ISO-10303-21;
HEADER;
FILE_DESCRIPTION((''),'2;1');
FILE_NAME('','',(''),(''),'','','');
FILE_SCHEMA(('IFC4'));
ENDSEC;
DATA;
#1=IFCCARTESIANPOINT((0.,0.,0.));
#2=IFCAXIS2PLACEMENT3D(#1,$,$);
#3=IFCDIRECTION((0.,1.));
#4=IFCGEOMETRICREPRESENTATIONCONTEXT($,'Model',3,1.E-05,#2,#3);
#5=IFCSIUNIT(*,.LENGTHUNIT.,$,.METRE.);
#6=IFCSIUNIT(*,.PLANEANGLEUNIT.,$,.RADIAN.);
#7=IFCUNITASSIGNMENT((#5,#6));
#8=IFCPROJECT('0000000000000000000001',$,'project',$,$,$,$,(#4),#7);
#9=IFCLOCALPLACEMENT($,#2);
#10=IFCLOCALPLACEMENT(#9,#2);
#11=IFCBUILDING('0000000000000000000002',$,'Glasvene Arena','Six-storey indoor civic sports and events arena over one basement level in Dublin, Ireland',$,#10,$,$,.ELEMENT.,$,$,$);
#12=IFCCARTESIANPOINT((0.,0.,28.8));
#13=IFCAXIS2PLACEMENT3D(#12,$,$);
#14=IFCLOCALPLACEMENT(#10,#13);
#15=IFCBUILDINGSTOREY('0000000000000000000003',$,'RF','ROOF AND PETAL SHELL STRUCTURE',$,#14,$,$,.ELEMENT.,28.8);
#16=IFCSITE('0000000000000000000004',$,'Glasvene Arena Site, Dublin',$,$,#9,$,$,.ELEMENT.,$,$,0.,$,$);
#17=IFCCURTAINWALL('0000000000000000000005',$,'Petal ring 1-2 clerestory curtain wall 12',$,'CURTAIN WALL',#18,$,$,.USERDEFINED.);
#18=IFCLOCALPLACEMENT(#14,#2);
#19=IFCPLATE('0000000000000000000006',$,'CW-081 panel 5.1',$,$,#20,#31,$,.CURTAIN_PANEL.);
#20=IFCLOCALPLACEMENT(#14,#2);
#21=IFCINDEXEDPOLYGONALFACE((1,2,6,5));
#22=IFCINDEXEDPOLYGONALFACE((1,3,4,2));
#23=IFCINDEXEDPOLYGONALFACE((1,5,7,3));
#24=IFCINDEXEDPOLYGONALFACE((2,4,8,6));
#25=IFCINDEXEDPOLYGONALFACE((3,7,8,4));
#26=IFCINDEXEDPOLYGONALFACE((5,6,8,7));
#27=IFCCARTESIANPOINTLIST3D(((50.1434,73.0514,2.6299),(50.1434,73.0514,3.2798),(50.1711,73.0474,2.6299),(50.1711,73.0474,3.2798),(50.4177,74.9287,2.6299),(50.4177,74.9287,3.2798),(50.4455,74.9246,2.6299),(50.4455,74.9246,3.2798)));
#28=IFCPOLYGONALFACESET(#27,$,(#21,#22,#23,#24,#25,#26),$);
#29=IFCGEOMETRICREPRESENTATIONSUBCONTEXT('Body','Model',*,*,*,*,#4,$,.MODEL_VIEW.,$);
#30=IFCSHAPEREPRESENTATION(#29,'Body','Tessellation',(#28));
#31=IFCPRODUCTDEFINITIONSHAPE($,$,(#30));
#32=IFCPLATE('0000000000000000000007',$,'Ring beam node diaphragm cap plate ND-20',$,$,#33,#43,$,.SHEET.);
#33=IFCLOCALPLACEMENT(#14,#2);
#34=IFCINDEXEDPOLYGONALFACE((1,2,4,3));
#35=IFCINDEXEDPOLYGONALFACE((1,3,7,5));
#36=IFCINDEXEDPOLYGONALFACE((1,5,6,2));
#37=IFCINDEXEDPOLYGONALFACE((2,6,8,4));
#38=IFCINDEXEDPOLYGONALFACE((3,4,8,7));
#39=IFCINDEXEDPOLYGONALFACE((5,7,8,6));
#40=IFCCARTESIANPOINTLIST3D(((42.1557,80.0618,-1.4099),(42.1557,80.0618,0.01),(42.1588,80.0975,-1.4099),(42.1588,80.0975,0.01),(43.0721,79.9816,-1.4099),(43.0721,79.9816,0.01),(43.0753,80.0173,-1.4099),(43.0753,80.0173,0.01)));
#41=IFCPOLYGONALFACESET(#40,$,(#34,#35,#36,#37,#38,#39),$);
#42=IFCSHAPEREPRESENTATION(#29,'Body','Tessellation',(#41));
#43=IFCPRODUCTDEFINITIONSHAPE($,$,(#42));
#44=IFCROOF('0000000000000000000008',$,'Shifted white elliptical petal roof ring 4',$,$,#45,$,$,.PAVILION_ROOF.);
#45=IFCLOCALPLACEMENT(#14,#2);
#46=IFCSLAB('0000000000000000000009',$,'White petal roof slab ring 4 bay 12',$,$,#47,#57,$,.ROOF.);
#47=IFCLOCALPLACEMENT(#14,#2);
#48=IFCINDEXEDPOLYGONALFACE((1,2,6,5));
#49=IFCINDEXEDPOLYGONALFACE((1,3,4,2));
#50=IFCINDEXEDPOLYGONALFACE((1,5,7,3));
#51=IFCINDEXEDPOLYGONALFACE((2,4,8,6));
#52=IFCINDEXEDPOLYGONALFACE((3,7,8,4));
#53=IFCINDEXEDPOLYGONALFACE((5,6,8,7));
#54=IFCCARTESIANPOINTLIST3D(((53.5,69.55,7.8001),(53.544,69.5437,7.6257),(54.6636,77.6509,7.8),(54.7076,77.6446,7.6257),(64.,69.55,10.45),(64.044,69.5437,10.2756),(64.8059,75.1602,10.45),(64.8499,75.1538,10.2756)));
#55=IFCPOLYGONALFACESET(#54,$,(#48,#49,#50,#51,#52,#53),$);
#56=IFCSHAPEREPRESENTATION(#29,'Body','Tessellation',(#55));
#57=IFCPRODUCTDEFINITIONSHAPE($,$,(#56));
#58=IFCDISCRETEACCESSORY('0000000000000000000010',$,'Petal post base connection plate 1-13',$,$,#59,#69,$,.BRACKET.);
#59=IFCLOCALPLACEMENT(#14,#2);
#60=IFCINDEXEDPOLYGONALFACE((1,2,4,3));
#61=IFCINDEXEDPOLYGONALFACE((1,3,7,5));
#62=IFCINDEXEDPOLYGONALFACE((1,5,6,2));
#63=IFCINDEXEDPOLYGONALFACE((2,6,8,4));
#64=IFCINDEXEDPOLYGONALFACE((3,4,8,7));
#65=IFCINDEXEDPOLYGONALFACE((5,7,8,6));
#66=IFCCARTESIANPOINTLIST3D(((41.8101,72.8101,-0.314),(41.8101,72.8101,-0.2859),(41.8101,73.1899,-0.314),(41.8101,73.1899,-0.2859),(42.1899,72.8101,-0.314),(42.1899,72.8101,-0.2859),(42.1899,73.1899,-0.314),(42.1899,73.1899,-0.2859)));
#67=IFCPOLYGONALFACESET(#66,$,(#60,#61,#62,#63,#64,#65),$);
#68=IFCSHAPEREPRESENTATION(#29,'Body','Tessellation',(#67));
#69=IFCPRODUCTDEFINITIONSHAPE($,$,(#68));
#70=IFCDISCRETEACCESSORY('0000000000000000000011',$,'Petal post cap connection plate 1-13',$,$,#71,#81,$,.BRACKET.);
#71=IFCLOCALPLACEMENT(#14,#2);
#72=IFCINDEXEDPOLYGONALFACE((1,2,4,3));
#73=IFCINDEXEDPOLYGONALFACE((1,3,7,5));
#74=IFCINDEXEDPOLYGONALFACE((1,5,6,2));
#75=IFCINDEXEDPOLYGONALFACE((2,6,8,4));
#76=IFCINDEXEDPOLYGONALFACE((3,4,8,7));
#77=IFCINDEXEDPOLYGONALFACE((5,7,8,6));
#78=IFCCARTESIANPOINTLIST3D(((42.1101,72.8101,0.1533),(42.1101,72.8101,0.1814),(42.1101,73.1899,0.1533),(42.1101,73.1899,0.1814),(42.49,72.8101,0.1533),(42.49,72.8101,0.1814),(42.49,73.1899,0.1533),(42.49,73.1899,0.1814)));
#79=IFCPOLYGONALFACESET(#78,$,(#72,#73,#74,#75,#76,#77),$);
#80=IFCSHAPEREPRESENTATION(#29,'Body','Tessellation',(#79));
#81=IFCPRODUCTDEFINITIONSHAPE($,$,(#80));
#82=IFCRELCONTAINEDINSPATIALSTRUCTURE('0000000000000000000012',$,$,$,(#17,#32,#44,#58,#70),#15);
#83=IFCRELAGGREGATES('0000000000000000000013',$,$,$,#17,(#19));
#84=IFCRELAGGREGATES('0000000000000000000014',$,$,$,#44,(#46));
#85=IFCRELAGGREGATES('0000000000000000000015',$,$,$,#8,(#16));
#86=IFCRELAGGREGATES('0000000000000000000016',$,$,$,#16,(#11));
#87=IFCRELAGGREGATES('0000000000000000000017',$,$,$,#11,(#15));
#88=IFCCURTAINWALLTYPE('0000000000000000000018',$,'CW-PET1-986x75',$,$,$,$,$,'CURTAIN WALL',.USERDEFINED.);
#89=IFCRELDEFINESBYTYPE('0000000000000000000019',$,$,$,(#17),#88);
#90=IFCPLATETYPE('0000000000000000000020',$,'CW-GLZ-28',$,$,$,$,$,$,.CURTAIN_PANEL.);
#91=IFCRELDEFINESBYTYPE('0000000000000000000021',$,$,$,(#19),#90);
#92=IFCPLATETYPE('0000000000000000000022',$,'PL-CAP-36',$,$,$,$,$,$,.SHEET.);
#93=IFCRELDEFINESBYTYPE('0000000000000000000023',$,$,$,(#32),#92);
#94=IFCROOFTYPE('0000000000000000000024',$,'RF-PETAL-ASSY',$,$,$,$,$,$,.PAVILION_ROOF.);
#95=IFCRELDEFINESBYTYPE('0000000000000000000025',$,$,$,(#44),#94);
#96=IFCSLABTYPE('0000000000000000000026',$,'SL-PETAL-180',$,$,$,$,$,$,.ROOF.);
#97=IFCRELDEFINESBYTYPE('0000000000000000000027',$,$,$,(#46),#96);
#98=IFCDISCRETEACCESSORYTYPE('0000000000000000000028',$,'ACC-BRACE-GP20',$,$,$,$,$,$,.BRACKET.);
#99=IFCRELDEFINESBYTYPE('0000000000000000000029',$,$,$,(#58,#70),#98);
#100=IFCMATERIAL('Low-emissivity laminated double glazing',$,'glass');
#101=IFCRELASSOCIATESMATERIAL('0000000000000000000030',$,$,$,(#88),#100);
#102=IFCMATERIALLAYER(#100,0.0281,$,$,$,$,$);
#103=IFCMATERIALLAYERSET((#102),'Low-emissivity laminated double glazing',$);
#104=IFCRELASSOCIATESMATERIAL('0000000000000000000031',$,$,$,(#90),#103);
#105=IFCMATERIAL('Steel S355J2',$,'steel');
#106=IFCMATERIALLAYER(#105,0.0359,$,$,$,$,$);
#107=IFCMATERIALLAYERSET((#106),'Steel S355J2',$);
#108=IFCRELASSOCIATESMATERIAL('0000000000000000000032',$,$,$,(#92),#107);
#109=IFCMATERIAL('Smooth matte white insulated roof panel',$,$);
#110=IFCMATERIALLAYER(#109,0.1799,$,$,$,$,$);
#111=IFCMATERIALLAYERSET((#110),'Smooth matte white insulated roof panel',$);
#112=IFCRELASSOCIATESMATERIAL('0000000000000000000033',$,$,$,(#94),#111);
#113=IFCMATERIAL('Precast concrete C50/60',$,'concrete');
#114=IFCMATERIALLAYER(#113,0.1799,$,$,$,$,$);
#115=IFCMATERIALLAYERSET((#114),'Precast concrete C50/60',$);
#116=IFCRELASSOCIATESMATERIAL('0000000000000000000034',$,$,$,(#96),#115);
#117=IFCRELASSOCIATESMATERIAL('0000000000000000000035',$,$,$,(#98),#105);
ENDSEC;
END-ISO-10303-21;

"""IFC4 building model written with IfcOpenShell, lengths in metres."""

from ifc_helpers import new_model, si_unit, direction, frame, origin, origin_2d, place, context, subcontext, project, spatial, polyline, rectangle, outline, extrude, material, layer, layer_set, type_object, element, aggregate, save


model = new_model("IFC4")

# Units and contexts
model_context = context("Model", 3, precision=1e-05, world=origin(), true_north=direction((0.0, 1.0)))
body_context = subcontext(model_context, "Body", "Model", "MODEL_VIEW")
ifc_project = project(units=[si_unit("LENGTHUNIT", "METRE"), si_unit("PLANEANGLEUNIT", "RADIAN")], contexts=[model_context])

# Site, building, storey
site_placement = place(None, origin())
site = spatial("IfcSite", under=ifc_project, at=site_placement, Name="Glasvene Arena Site, Dublin", CompositionType="ELEMENT", RefElevation=0.0)
building_placement = place(site_placement, origin())
building = spatial("IfcBuilding", under=site, at=building_placement, Name="Glasvene Arena", Description="Six-storey indoor civic sports and events arena over one basement level in Dublin, Ireland", CompositionType="ELEMENT")
storey_placement = place(building_placement, frame((0.0, 0.0, 28.8)))
storey = spatial("IfcBuildingStorey", under=building, at=storey_placement, Name="RF", Description="ROOF AND PETAL SHELL STRUCTURE", CompositionType="ELEMENT", Elevation=28.8)

# Shared definitions
ifc_material_1 = material(Name="Steel S355J2", Category="steel")

# Curtain wall
ifc_material_2 = material(Name="Low-emissivity laminated double glazing", Category="glass")
curtain_wall_type = type_object("IfcCurtainWallType", Name="CW-PET1-986x75", ElementType="CURTAIN WALL", PredefinedType="USERDEFINED", material=ifc_material_2)
curtain_wall_1_placement = place(storey_placement, frame((51.5759, 82.7576, 0.0)))
curtain_wall_1 = element("IfcCurtainWall", 1, at=curtain_wall_1_placement, inside=storey, type_object=curtain_wall_type, Name="Petal ring 1-2 clerestory curtain wall 12", ObjectType="CURTAIN WALL", PredefinedType="USERDEFINED")

# Plates
ifc_layer_1 = layer(ifc_material_2, 0.0281)
ifc_layer_set_1 = layer_set([ifc_layer_1], Name="Low-emissivity laminated double glazing")
plate_type_1 = type_object("IfcPlateType", Name="CW-GLZ-28", PredefinedType="CURTAIN_PANEL", material=ifc_layer_set_1)
plate_1_placement = place(storey_placement, frame((50.2944, 73.988, 2.6299), z_axis=(0.0, 0.0, 1.0), x_axis=(-0.144608, -0.989489, 0.0)))
plate_1 = element("IfcPlate", 2, at=plate_1_placement, type_object=plate_type_1, Name="CW-081 panel 5.1", PredefinedType="CURTAIN_PANEL", context=body_context, shape_type="SweptSolid", body=[
    extrude(rectangle(XDim=1.8972, YDim=0.0281, at=origin_2d()), origin(), (0.0, 0.0, 1.0), 0.6499),
])
aggregate(curtain_wall_1, [plate_1])
ifc_layer_2 = layer(ifc_material_1, 0.0359)
ifc_layer_set_2 = layer_set([ifc_layer_2], Name="Steel S355J2")
plate_type_2 = type_object("IfcPlateType", Name="PL-CAP-36", PredefinedType="SHEET", material=ifc_layer_set_2)
plate_2_placement = place(storey_placement, frame((42.6155, 80.0396, -1.4099), z_axis=(0.0, 0.0, 1.0), x_axis=(-0.087156, -0.996195, 0.0)))
element("IfcPlate", 3, at=plate_2_placement, inside=storey, type_object=plate_type_2, Name="Ring beam node diaphragm cap plate ND-20", PredefinedType="SHEET", context=body_context, shape_type="SweptSolid", body=[
    extrude(rectangle(XDim=0.0359, YDim=0.9199, at=origin_2d()), origin(), (0.0, 0.0, 1.0), 1.4199),
])

# Roof, slab
ifc_material_3 = material(Name="Smooth matte white insulated roof panel")
ifc_layer_3 = layer(ifc_material_3, 0.1799)
ifc_layer_set_3 = layer_set([ifc_layer_3], Name="Smooth matte white insulated roof panel")
roof_type = type_object("IfcRoofType", Name="RF-PETAL-ASSY", PredefinedType="PAVILION_ROOF", material=ifc_layer_set_3)
roof_placement = place(storey_placement, frame((87.6499, 69.55, 7.8)))
roof = element("IfcRoof", 4, at=roof_placement, inside=storey, type_object=roof_type, Name="Shifted white elliptical petal roof ring 4", PredefinedType="PAVILION_ROOF")
ifc_material_4 = material(Name="Precast concrete C50/60", Category="concrete")
ifc_layer_4 = layer(ifc_material_4, 0.1799)
ifc_layer_set_4 = layer_set([ifc_layer_4], Name="Precast concrete C50/60")
slab_type = type_object("IfcSlabType", Name="SL-PETAL-180", PredefinedType="ROOF", material=ifc_layer_set_4)
slab_placement = place(storey_placement, frame((54.6636, 77.6509, 7.8), z_axis=(-0.244547, 0.035128, 0.969001), x_axis=(-0.142178, -0.989841, 0.000002)))
slab = element("IfcSlab", 5, at=slab_placement, type_object=slab_type, Name="White petal roof slab ring 4 bay 12", PredefinedType="ROOF", context=body_context, shape_type="SweptSolid", body=[
    extrude(outline(polyline([(0.0, 0.0), (8.184, 0.0), (6.6911, 10.7258), (1.0234, 10.7259), (0.0, 0.0)])), origin(), (0.0, 0.0, -1.0), 0.1799),
])
aggregate(roof, [slab])

# Discrete accessories
discrete_accessory_type = type_object("IfcDiscreteAccessoryType", Name="ACC-BRACE-GP20", PredefinedType="BRACKET", material=ifc_material_1)
for number, where, z_axis, x_axis, name in (
    (6, (42.0, 73.0, -0.314), (0.0, 0.0, 1.0), (1.0, 0.0, 0.0), "Petal post base connection plate 1-13"),
    (7, (42.3, 73.0, 0.1533), (0.0, 0.0, 1.0), (1.0, 0.0, 0.0), "Petal post cap connection plate 1-13"),
):
    element("IfcDiscreteAccessory", number, at=place(storey_placement, frame(where, z_axis=z_axis, x_axis=x_axis)), inside=storey, type_object=discrete_accessory_type, Name=name, PredefinedType="BRACKET", context=body_context, shape_type="SweptSolid", body=[
        extrude(rectangle(XDim=0.3799, YDim=0.3799, at=origin_2d()), origin(), (0.0, 0.0, 1.0), 0.0281),
    ])

save(model, "model.ifc")
